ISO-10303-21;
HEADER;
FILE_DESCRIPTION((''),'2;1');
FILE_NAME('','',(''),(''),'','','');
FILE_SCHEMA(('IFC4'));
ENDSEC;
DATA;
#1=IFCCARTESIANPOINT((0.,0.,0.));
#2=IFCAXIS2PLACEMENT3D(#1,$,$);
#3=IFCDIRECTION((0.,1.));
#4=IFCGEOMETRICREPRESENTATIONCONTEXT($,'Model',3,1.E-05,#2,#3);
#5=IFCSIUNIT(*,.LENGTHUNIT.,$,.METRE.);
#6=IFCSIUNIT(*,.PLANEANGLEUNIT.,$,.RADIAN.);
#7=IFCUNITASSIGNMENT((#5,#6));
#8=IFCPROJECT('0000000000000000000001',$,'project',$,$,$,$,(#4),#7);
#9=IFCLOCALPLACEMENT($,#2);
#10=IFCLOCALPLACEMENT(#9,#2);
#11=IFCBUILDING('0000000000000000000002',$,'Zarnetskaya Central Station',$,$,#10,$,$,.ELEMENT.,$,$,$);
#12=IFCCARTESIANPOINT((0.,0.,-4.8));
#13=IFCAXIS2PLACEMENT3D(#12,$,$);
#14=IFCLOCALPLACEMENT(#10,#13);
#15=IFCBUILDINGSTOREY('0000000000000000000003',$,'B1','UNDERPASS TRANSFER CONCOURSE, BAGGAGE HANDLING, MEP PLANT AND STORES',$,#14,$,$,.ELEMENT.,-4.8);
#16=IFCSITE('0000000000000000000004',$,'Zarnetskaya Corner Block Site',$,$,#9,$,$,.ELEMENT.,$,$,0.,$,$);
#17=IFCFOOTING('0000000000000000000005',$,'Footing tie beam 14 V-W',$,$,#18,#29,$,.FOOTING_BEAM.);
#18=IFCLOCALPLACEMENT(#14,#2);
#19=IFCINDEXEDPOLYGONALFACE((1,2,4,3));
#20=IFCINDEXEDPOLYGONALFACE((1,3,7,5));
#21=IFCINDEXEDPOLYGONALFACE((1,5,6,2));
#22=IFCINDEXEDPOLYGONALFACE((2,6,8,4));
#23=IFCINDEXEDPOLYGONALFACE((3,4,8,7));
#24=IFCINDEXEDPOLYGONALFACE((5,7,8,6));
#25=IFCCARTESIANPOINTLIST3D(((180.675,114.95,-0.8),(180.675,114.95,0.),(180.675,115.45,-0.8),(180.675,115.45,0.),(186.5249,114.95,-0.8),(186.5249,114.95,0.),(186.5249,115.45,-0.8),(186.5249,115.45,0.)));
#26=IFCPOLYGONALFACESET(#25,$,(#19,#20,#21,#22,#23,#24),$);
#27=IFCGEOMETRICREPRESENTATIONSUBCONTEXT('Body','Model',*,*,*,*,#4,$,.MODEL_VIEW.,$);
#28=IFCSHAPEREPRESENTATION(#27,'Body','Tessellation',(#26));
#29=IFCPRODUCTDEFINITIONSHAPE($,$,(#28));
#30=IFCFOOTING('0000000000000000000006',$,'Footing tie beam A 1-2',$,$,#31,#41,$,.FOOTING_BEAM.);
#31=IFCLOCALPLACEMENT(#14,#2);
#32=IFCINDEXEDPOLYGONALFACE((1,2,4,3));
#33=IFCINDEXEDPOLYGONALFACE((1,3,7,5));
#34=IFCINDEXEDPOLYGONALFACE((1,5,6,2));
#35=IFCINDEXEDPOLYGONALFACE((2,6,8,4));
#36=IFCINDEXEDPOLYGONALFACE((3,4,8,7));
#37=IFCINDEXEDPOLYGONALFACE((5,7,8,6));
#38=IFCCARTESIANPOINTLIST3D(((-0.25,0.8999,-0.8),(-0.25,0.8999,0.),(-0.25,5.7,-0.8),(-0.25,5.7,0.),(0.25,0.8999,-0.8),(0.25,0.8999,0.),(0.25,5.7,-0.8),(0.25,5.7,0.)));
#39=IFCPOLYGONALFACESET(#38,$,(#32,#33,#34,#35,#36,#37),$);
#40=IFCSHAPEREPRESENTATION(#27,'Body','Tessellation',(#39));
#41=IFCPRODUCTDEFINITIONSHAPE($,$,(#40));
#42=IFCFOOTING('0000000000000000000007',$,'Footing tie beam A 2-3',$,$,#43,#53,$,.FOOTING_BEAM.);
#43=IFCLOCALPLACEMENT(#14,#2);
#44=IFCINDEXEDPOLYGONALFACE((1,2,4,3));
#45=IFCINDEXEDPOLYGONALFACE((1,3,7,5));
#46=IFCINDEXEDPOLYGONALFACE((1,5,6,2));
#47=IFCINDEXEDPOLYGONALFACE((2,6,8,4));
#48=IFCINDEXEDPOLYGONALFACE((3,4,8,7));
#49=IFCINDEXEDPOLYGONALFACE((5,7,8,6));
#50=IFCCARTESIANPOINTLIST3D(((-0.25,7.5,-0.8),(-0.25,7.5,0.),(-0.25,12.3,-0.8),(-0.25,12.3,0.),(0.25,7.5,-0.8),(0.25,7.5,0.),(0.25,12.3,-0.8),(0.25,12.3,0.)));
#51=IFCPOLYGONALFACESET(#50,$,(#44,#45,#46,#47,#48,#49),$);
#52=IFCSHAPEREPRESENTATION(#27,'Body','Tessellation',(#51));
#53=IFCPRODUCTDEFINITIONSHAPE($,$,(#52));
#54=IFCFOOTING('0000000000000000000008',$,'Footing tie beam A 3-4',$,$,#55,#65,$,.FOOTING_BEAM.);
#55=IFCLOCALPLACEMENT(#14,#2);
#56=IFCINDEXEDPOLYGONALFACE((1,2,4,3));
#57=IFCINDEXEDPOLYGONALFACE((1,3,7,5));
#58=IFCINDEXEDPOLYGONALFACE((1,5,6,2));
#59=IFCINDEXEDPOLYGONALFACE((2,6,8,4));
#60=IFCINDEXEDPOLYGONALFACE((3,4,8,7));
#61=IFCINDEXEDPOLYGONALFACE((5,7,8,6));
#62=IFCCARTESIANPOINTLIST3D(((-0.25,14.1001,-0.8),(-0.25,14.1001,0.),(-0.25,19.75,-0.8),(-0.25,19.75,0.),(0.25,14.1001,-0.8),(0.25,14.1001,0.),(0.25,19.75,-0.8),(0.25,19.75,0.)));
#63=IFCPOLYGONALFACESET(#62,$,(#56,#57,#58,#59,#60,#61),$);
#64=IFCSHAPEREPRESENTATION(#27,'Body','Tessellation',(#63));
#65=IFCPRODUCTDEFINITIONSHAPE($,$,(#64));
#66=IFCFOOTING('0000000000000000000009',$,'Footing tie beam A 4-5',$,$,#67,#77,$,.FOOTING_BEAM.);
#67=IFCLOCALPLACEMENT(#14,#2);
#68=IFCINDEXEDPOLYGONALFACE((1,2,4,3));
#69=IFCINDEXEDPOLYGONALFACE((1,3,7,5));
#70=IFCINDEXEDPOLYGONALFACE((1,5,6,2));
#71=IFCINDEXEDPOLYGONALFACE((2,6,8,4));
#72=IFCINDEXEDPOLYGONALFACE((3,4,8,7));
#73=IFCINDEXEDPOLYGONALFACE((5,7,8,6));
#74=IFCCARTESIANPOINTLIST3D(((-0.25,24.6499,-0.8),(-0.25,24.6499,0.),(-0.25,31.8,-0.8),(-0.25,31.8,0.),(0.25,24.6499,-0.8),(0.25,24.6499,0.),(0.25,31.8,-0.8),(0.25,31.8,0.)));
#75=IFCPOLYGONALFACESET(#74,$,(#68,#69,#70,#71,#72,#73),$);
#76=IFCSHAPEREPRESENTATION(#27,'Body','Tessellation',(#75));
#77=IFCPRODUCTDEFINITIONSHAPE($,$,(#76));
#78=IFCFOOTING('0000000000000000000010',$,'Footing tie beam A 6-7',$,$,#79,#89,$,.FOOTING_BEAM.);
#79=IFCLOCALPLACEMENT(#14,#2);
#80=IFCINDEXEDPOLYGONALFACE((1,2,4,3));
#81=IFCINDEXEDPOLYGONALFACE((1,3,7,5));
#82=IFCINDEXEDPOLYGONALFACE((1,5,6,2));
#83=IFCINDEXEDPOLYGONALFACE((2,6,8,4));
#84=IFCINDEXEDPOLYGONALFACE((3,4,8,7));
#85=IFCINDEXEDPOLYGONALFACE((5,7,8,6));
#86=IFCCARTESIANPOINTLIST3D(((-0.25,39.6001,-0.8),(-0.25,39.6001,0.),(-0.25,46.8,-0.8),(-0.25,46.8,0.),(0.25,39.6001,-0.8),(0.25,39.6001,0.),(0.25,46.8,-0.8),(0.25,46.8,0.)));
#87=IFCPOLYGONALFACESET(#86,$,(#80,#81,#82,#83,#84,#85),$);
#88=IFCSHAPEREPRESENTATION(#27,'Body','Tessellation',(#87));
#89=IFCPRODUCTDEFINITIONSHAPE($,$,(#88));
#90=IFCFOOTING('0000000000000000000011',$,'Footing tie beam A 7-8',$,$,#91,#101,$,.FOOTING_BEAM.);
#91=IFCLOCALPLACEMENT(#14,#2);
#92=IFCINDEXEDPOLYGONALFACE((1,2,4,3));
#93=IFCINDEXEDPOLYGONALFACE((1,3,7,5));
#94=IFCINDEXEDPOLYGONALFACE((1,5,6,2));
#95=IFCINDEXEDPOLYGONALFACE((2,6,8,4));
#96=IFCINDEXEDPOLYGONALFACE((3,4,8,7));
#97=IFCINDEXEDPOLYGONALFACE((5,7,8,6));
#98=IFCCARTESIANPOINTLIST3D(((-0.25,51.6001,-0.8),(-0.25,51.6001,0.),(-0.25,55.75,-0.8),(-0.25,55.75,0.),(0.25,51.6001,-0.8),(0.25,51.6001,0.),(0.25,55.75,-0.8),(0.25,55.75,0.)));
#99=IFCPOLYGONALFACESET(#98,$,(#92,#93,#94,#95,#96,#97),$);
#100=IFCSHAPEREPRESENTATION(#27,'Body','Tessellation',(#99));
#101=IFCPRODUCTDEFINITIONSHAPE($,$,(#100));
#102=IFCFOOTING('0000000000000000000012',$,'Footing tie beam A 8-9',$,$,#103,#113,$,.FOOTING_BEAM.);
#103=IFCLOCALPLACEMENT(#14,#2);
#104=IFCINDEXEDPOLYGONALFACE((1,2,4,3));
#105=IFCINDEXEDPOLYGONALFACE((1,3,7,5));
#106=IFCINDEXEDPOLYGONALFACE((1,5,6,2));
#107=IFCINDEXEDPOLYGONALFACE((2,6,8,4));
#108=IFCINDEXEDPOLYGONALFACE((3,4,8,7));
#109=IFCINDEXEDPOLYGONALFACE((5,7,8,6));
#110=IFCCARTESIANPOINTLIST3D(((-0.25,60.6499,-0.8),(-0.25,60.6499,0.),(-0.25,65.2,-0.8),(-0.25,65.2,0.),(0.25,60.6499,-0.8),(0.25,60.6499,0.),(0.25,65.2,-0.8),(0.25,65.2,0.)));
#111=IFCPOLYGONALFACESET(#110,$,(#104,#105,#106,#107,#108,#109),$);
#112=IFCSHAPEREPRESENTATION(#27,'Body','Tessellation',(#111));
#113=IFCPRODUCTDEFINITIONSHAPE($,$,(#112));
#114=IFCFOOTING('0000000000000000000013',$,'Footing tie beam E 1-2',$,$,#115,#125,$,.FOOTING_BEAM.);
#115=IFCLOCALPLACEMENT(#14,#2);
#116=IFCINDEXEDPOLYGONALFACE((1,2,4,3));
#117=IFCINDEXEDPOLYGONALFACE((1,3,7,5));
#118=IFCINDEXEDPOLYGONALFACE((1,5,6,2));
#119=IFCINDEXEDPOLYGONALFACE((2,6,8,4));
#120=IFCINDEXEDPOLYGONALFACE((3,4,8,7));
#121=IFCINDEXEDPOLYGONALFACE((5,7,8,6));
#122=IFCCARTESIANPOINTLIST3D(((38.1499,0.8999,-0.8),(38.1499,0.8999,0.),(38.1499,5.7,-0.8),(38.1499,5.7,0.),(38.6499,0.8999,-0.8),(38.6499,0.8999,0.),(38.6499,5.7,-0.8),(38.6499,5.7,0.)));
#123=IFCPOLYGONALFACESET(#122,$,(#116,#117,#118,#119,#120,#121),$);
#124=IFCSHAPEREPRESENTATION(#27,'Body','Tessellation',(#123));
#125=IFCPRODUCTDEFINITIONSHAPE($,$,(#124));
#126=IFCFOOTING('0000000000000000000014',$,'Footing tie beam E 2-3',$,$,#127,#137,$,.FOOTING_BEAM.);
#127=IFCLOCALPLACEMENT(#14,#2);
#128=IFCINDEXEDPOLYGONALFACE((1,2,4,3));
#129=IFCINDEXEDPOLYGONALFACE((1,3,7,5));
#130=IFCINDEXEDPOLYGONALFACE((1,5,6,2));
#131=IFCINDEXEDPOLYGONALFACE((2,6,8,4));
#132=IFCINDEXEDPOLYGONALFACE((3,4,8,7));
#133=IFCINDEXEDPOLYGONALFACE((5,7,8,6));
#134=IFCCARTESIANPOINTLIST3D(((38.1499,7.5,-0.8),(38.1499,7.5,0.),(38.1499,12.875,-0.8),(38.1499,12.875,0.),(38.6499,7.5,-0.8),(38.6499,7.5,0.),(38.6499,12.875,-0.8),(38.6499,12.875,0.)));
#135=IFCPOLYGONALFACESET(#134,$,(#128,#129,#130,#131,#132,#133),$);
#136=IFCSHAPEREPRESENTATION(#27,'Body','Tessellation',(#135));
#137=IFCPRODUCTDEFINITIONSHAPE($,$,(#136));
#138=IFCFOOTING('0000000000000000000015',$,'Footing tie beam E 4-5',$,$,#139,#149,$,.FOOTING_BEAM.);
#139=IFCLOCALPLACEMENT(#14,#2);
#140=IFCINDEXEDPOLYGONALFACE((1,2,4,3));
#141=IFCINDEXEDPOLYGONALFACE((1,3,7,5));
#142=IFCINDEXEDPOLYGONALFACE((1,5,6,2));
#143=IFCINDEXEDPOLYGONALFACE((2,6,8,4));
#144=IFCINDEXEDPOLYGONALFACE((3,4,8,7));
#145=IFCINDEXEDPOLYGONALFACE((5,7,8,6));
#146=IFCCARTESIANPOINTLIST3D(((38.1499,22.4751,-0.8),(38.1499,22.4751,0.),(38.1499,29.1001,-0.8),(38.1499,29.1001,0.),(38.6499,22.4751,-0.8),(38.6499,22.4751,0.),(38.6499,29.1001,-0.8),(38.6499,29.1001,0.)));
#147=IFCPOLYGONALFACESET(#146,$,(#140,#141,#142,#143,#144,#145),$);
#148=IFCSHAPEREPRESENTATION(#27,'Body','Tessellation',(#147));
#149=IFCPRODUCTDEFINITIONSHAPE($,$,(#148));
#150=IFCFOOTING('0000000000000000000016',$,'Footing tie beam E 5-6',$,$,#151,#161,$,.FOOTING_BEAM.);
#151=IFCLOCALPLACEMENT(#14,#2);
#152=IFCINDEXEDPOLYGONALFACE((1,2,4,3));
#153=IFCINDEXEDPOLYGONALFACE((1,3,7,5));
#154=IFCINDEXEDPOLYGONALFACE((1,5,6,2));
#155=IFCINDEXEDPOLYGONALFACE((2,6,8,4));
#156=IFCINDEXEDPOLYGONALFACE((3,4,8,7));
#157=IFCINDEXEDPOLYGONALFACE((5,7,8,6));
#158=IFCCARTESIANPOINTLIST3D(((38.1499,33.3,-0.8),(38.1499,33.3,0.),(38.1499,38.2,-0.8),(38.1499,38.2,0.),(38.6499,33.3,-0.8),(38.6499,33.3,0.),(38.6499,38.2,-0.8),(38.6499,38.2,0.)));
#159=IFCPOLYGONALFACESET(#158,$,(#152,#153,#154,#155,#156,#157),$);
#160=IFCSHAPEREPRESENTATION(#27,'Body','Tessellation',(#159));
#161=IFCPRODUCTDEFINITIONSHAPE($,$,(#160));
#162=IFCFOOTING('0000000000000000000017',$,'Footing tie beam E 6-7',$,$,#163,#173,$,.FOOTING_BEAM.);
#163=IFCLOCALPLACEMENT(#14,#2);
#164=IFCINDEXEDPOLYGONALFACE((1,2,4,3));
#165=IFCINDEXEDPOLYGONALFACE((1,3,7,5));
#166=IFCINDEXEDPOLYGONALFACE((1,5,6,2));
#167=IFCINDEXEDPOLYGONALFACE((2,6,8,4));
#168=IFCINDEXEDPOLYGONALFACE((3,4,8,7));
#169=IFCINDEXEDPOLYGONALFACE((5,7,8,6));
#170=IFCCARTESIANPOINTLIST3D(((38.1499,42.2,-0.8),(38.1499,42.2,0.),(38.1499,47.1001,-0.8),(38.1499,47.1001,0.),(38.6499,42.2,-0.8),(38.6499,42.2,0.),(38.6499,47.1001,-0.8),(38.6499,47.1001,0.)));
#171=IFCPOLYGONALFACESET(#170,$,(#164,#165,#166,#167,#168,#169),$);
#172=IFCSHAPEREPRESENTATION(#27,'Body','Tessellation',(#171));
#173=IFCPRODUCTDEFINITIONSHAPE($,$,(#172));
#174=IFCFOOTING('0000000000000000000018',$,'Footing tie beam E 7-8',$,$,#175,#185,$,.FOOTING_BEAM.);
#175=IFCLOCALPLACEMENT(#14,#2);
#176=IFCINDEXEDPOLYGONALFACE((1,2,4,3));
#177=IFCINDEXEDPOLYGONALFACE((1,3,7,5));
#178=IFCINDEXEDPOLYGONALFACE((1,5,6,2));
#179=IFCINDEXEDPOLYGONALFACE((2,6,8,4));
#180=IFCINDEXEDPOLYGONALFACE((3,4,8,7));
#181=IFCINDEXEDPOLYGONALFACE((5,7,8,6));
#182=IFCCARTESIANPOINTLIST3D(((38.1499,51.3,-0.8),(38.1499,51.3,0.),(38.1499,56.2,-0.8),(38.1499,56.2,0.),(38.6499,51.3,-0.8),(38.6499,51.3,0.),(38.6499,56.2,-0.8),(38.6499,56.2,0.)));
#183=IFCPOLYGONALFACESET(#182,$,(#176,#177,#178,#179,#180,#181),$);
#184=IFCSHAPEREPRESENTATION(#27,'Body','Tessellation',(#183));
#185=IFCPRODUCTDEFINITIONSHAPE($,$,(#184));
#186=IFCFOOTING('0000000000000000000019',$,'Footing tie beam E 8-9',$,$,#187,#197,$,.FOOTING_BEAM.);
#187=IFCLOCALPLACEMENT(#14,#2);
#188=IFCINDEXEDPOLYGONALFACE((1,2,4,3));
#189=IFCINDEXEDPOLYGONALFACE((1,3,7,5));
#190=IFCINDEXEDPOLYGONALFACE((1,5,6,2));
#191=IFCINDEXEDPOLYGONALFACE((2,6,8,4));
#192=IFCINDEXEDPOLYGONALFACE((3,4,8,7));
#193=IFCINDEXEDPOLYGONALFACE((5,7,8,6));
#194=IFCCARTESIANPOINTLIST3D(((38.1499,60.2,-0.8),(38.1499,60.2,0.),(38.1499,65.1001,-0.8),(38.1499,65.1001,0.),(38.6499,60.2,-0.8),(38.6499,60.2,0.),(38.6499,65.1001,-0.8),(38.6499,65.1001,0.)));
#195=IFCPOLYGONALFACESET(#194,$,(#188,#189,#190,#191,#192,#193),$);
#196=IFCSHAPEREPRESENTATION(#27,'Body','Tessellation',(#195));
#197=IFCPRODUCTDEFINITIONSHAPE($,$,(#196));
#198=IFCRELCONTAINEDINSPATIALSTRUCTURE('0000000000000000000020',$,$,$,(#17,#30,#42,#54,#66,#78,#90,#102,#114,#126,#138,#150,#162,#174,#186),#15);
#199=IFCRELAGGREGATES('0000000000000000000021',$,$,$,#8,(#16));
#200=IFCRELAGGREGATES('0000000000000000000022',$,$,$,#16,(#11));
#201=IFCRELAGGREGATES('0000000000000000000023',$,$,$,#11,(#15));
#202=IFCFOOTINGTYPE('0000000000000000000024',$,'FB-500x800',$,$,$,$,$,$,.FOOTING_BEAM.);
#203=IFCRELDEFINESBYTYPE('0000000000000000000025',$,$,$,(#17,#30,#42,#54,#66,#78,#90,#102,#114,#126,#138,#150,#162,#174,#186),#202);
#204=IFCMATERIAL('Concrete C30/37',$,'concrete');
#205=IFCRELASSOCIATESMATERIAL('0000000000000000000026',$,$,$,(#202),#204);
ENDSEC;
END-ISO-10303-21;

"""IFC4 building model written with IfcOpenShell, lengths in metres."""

from ifc_helpers import new_model, si_unit, direction, frame, origin, place, context, subcontext, project, spatial, polyline, outline, extrude, material, type_object, element, save


model = new_model("IFC4")

# Units and contexts
model_context = context("Model", 3, precision=1e-05, world=origin(), true_north=direction((0.0, 1.0)))
body_context = subcontext(model_context, "Body", "Model", "MODEL_VIEW")
ifc_project = project(units=[si_unit("LENGTHUNIT", "METRE"), si_unit("PLANEANGLEUNIT", "RADIAN")], contexts=[model_context])

# Site, building, storey
site_placement = place(None, origin())
site = spatial("IfcSite", under=ifc_project, at=site_placement, Name="Zarnetskaya Corner Block Site", CompositionType="ELEMENT", RefElevation=0.0)
building_placement = place(site_placement, origin())
building = spatial("IfcBuilding", under=site, at=building_placement, Name="Zarnetskaya Central Station", CompositionType="ELEMENT")
storey_placement = place(building_placement, frame((0.0, 0.0, -4.8)))
storey = spatial("IfcBuildingStorey", under=building, at=storey_placement, Name="B1", Description="UNDERPASS TRANSFER CONCOURSE, BAGGAGE HANDLING, MEP PLANT AND STORES", CompositionType="ELEMENT", Elevation=-4.8)

# Footings
ifc_material = material(Name="Concrete C30/37", Category="concrete")
footing_type = type_object("IfcFootingType", Name="FB-500x800", PredefinedType="FOOTING_BEAM", material=ifc_material)
footing_1_placement = place(storey_placement, frame((0.0, 0.0, -0.8)))
element("IfcFooting", 1, at=footing_1_placement, inside=storey, type_object=footing_type, Name="Footing tie beam 14 V-W", PredefinedType="FOOTING_BEAM", context=body_context, shape_type="SweptSolid", body=[
    extrude(outline(polyline([(180.675, 114.95), (186.5249, 114.95), (186.5249, 115.45), (180.675, 115.45), (180.675, 114.95)])), origin(), (0.0, 0.0, 1.0), 0.8),
])
footing_2_placement = place(storey_placement, frame((0.0, 0.0, -0.8)))
element("IfcFooting", 2, at=footing_2_placement, inside=storey, type_object=footing_type, Name="Footing tie beam A 1-2", PredefinedType="FOOTING_BEAM", context=body_context, shape_type="SweptSolid", body=[
    extrude(outline(polyline([(-0.25, 0.8999), (0.25, 0.8999), (0.25, 5.7), (-0.25, 5.7), (-0.25, 0.8999)])), origin(), (0.0, 0.0, 1.0), 0.8),
])
footing_3_placement = place(storey_placement, frame((0.0, 0.0, -0.8)))
element("IfcFooting", 3, at=footing_3_placement, inside=storey, type_object=footing_type, Name="Footing tie beam A 2-3", PredefinedType="FOOTING_BEAM", context=body_context, shape_type="SweptSolid", body=[
    extrude(outline(polyline([(-0.25, 7.5), (0.25, 7.5), (0.25, 12.3), (-0.25, 12.3), (-0.25, 7.5)])), origin(), (0.0, 0.0, 1.0), 0.8),
])
footing_4_placement = place(storey_placement, frame((0.0, 0.0, -0.8)))
element("IfcFooting", 4, at=footing_4_placement, inside=storey, type_object=footing_type, Name="Footing tie beam A 3-4", PredefinedType="FOOTING_BEAM", context=body_context, shape_type="SweptSolid", body=[
    extrude(outline(polyline([(-0.25, 14.1001), (0.25, 14.1001), (0.25, 19.75), (-0.25, 19.75), (-0.25, 14.1001)])), origin(), (0.0, 0.0, 1.0), 0.8),
])
footing_5_placement = place(storey_placement, frame((0.0, 0.0, -0.8)))
element("IfcFooting", 5, at=footing_5_placement, inside=storey, type_object=footing_type, Name="Footing tie beam A 4-5", PredefinedType="FOOTING_BEAM", context=body_context, shape_type="SweptSolid", body=[
    extrude(outline(polyline([(-0.25, 24.6499), (0.25, 24.6499), (0.25, 31.8), (-0.25, 31.8), (-0.25, 24.6499)])), origin(), (0.0, 0.0, 1.0), 0.8),
])
footing_6_placement = place(storey_placement, frame((0.0, 0.0, -0.8)))
element("IfcFooting", 6, at=footing_6_placement, inside=storey, type_object=footing_type, Name="Footing tie beam A 6-7", PredefinedType="FOOTING_BEAM", context=body_context, shape_type="SweptSolid", body=[
    extrude(outline(polyline([(-0.25, 39.6001), (0.25, 39.6001), (0.25, 46.8), (-0.25, 46.8), (-0.25, 39.6001)])), origin(), (0.0, 0.0, 1.0), 0.8),
])
footing_7_placement = place(storey_placement, frame((0.0, 0.0, -0.8)))
element("IfcFooting", 7, at=footing_7_placement, inside=storey, type_object=footing_type, Name="Footing tie beam A 7-8", PredefinedType="FOOTING_BEAM", context=body_context, shape_type="SweptSolid", body=[
    extrude(outline(polyline([(-0.25, 51.6001), (0.25, 51.6001), (0.25, 55.75), (-0.25, 55.75), (-0.25, 51.6001)])), origin(), (0.0, 0.0, 1.0), 0.8),
])
footing_8_placement = place(storey_placement, frame((0.0, 0.0, -0.8)))
element("IfcFooting", 8, at=footing_8_placement, inside=storey, type_object=footing_type, Name="Footing tie beam A 8-9", PredefinedType="FOOTING_BEAM", context=body_context, shape_type="SweptSolid", body=[
    extrude(outline(polyline([(-0.25, 60.6499), (0.25, 60.6499), (0.25, 65.2), (-0.25, 65.2), (-0.25, 60.6499)])), origin(), (0.0, 0.0, 1.0), 0.8),
])
footing_9_placement = place(storey_placement, frame((0.0, 0.0, -0.8)))
element("IfcFooting", 9, at=footing_9_placement, inside=storey, type_object=footing_type, Name="Footing tie beam E 1-2", PredefinedType="FOOTING_BEAM", context=body_context, shape_type="SweptSolid", body=[
    extrude(outline(polyline([(38.1499, 0.8999), (38.6499, 0.8999), (38.6499, 5.7), (38.1499, 5.7), (38.1499, 0.8999)])), origin(), (0.0, 0.0, 1.0), 0.8),
])
footing_10_placement = place(storey_placement, frame((0.0, 0.0, -0.8)))
element("IfcFooting", 10, at=footing_10_placement, inside=storey, type_object=footing_type, Name="Footing tie beam E 2-3", PredefinedType="FOOTING_BEAM", context=body_context, shape_type="SweptSolid", body=[
    extrude(outline(polyline([(38.1499, 7.5), (38.6499, 7.5), (38.6499, 12.875), (38.1499, 12.875), (38.1499, 7.5)])), origin(), (0.0, 0.0, 1.0), 0.8),
])
footing_11_placement = place(storey_placement, frame((0.0, 0.0, -0.8)))
element("IfcFooting", 11, at=footing_11_placement, inside=storey, type_object=footing_type, Name="Footing tie beam E 4-5", PredefinedType="FOOTING_BEAM", context=body_context, shape_type="SweptSolid", body=[
    extrude(outline(polyline([(38.1499, 22.4751), (38.6499, 22.4751), (38.6499, 29.1001), (38.1499, 29.1001), (38.1499, 22.4751)])), origin(), (0.0, 0.0, 1.0), 0.8),
])
footing_12_placement = place(storey_placement, frame((0.0, 0.0, -0.8)))
element("IfcFooting", 12, at=footing_12_placement, inside=storey, type_object=footing_type, Name="Footing tie beam E 5-6", PredefinedType="FOOTING_BEAM", context=body_context, shape_type="SweptSolid", body=[
    extrude(outline(polyline([(38.1499, 33.3), (38.6499, 33.3), (38.6499, 38.2), (38.1499, 38.2), (38.1499, 33.3)])), origin(), (0.0, 0.0, 1.0), 0.8),
])
footing_13_placement = place(storey_placement, frame((0.0, 0.0, -0.8)))
element("IfcFooting", 13, at=footing_13_placement, inside=storey, type_object=footing_type, Name="Footing tie beam E 6-7", PredefinedType="FOOTING_BEAM", context=body_context, shape_type="SweptSolid", body=[
    extrude(outline(polyline([(38.1499, 42.2), (38.6499, 42.2), (38.6499, 47.1001), (38.1499, 47.1001), (38.1499, 42.2)])), origin(), (0.0, 0.0, 1.0), 0.8),
])
footing_14_placement = place(storey_placement, frame((0.0, 0.0, -0.8)))
element("IfcFooting", 14, at=footing_14_placement, inside=storey, type_object=footing_type, Name="Footing tie beam E 7-8", PredefinedType="FOOTING_BEAM", context=body_context, shape_type="SweptSolid", body=[
    extrude(outline(polyline([(38.1499, 51.3), (38.6499, 51.3), (38.6499, 56.2), (38.1499, 56.2), (38.1499, 51.3)])), origin(), (0.0, 0.0, 1.0), 0.8),
])
footing_15_placement = place(storey_placement, frame((0.0, 0.0, -0.8)))
element("IfcFooting", 15, at=footing_15_placement, inside=storey, type_object=footing_type, Name="Footing tie beam E 8-9", PredefinedType="FOOTING_BEAM", context=body_context, shape_type="SweptSolid", body=[
    extrude(outline(polyline([(38.1499, 60.2), (38.6499, 60.2), (38.6499, 65.1001), (38.1499, 65.1001), (38.1499, 60.2)])), origin(), (0.0, 0.0, 1.0), 0.8),
])

save(model, "model.ifc")
